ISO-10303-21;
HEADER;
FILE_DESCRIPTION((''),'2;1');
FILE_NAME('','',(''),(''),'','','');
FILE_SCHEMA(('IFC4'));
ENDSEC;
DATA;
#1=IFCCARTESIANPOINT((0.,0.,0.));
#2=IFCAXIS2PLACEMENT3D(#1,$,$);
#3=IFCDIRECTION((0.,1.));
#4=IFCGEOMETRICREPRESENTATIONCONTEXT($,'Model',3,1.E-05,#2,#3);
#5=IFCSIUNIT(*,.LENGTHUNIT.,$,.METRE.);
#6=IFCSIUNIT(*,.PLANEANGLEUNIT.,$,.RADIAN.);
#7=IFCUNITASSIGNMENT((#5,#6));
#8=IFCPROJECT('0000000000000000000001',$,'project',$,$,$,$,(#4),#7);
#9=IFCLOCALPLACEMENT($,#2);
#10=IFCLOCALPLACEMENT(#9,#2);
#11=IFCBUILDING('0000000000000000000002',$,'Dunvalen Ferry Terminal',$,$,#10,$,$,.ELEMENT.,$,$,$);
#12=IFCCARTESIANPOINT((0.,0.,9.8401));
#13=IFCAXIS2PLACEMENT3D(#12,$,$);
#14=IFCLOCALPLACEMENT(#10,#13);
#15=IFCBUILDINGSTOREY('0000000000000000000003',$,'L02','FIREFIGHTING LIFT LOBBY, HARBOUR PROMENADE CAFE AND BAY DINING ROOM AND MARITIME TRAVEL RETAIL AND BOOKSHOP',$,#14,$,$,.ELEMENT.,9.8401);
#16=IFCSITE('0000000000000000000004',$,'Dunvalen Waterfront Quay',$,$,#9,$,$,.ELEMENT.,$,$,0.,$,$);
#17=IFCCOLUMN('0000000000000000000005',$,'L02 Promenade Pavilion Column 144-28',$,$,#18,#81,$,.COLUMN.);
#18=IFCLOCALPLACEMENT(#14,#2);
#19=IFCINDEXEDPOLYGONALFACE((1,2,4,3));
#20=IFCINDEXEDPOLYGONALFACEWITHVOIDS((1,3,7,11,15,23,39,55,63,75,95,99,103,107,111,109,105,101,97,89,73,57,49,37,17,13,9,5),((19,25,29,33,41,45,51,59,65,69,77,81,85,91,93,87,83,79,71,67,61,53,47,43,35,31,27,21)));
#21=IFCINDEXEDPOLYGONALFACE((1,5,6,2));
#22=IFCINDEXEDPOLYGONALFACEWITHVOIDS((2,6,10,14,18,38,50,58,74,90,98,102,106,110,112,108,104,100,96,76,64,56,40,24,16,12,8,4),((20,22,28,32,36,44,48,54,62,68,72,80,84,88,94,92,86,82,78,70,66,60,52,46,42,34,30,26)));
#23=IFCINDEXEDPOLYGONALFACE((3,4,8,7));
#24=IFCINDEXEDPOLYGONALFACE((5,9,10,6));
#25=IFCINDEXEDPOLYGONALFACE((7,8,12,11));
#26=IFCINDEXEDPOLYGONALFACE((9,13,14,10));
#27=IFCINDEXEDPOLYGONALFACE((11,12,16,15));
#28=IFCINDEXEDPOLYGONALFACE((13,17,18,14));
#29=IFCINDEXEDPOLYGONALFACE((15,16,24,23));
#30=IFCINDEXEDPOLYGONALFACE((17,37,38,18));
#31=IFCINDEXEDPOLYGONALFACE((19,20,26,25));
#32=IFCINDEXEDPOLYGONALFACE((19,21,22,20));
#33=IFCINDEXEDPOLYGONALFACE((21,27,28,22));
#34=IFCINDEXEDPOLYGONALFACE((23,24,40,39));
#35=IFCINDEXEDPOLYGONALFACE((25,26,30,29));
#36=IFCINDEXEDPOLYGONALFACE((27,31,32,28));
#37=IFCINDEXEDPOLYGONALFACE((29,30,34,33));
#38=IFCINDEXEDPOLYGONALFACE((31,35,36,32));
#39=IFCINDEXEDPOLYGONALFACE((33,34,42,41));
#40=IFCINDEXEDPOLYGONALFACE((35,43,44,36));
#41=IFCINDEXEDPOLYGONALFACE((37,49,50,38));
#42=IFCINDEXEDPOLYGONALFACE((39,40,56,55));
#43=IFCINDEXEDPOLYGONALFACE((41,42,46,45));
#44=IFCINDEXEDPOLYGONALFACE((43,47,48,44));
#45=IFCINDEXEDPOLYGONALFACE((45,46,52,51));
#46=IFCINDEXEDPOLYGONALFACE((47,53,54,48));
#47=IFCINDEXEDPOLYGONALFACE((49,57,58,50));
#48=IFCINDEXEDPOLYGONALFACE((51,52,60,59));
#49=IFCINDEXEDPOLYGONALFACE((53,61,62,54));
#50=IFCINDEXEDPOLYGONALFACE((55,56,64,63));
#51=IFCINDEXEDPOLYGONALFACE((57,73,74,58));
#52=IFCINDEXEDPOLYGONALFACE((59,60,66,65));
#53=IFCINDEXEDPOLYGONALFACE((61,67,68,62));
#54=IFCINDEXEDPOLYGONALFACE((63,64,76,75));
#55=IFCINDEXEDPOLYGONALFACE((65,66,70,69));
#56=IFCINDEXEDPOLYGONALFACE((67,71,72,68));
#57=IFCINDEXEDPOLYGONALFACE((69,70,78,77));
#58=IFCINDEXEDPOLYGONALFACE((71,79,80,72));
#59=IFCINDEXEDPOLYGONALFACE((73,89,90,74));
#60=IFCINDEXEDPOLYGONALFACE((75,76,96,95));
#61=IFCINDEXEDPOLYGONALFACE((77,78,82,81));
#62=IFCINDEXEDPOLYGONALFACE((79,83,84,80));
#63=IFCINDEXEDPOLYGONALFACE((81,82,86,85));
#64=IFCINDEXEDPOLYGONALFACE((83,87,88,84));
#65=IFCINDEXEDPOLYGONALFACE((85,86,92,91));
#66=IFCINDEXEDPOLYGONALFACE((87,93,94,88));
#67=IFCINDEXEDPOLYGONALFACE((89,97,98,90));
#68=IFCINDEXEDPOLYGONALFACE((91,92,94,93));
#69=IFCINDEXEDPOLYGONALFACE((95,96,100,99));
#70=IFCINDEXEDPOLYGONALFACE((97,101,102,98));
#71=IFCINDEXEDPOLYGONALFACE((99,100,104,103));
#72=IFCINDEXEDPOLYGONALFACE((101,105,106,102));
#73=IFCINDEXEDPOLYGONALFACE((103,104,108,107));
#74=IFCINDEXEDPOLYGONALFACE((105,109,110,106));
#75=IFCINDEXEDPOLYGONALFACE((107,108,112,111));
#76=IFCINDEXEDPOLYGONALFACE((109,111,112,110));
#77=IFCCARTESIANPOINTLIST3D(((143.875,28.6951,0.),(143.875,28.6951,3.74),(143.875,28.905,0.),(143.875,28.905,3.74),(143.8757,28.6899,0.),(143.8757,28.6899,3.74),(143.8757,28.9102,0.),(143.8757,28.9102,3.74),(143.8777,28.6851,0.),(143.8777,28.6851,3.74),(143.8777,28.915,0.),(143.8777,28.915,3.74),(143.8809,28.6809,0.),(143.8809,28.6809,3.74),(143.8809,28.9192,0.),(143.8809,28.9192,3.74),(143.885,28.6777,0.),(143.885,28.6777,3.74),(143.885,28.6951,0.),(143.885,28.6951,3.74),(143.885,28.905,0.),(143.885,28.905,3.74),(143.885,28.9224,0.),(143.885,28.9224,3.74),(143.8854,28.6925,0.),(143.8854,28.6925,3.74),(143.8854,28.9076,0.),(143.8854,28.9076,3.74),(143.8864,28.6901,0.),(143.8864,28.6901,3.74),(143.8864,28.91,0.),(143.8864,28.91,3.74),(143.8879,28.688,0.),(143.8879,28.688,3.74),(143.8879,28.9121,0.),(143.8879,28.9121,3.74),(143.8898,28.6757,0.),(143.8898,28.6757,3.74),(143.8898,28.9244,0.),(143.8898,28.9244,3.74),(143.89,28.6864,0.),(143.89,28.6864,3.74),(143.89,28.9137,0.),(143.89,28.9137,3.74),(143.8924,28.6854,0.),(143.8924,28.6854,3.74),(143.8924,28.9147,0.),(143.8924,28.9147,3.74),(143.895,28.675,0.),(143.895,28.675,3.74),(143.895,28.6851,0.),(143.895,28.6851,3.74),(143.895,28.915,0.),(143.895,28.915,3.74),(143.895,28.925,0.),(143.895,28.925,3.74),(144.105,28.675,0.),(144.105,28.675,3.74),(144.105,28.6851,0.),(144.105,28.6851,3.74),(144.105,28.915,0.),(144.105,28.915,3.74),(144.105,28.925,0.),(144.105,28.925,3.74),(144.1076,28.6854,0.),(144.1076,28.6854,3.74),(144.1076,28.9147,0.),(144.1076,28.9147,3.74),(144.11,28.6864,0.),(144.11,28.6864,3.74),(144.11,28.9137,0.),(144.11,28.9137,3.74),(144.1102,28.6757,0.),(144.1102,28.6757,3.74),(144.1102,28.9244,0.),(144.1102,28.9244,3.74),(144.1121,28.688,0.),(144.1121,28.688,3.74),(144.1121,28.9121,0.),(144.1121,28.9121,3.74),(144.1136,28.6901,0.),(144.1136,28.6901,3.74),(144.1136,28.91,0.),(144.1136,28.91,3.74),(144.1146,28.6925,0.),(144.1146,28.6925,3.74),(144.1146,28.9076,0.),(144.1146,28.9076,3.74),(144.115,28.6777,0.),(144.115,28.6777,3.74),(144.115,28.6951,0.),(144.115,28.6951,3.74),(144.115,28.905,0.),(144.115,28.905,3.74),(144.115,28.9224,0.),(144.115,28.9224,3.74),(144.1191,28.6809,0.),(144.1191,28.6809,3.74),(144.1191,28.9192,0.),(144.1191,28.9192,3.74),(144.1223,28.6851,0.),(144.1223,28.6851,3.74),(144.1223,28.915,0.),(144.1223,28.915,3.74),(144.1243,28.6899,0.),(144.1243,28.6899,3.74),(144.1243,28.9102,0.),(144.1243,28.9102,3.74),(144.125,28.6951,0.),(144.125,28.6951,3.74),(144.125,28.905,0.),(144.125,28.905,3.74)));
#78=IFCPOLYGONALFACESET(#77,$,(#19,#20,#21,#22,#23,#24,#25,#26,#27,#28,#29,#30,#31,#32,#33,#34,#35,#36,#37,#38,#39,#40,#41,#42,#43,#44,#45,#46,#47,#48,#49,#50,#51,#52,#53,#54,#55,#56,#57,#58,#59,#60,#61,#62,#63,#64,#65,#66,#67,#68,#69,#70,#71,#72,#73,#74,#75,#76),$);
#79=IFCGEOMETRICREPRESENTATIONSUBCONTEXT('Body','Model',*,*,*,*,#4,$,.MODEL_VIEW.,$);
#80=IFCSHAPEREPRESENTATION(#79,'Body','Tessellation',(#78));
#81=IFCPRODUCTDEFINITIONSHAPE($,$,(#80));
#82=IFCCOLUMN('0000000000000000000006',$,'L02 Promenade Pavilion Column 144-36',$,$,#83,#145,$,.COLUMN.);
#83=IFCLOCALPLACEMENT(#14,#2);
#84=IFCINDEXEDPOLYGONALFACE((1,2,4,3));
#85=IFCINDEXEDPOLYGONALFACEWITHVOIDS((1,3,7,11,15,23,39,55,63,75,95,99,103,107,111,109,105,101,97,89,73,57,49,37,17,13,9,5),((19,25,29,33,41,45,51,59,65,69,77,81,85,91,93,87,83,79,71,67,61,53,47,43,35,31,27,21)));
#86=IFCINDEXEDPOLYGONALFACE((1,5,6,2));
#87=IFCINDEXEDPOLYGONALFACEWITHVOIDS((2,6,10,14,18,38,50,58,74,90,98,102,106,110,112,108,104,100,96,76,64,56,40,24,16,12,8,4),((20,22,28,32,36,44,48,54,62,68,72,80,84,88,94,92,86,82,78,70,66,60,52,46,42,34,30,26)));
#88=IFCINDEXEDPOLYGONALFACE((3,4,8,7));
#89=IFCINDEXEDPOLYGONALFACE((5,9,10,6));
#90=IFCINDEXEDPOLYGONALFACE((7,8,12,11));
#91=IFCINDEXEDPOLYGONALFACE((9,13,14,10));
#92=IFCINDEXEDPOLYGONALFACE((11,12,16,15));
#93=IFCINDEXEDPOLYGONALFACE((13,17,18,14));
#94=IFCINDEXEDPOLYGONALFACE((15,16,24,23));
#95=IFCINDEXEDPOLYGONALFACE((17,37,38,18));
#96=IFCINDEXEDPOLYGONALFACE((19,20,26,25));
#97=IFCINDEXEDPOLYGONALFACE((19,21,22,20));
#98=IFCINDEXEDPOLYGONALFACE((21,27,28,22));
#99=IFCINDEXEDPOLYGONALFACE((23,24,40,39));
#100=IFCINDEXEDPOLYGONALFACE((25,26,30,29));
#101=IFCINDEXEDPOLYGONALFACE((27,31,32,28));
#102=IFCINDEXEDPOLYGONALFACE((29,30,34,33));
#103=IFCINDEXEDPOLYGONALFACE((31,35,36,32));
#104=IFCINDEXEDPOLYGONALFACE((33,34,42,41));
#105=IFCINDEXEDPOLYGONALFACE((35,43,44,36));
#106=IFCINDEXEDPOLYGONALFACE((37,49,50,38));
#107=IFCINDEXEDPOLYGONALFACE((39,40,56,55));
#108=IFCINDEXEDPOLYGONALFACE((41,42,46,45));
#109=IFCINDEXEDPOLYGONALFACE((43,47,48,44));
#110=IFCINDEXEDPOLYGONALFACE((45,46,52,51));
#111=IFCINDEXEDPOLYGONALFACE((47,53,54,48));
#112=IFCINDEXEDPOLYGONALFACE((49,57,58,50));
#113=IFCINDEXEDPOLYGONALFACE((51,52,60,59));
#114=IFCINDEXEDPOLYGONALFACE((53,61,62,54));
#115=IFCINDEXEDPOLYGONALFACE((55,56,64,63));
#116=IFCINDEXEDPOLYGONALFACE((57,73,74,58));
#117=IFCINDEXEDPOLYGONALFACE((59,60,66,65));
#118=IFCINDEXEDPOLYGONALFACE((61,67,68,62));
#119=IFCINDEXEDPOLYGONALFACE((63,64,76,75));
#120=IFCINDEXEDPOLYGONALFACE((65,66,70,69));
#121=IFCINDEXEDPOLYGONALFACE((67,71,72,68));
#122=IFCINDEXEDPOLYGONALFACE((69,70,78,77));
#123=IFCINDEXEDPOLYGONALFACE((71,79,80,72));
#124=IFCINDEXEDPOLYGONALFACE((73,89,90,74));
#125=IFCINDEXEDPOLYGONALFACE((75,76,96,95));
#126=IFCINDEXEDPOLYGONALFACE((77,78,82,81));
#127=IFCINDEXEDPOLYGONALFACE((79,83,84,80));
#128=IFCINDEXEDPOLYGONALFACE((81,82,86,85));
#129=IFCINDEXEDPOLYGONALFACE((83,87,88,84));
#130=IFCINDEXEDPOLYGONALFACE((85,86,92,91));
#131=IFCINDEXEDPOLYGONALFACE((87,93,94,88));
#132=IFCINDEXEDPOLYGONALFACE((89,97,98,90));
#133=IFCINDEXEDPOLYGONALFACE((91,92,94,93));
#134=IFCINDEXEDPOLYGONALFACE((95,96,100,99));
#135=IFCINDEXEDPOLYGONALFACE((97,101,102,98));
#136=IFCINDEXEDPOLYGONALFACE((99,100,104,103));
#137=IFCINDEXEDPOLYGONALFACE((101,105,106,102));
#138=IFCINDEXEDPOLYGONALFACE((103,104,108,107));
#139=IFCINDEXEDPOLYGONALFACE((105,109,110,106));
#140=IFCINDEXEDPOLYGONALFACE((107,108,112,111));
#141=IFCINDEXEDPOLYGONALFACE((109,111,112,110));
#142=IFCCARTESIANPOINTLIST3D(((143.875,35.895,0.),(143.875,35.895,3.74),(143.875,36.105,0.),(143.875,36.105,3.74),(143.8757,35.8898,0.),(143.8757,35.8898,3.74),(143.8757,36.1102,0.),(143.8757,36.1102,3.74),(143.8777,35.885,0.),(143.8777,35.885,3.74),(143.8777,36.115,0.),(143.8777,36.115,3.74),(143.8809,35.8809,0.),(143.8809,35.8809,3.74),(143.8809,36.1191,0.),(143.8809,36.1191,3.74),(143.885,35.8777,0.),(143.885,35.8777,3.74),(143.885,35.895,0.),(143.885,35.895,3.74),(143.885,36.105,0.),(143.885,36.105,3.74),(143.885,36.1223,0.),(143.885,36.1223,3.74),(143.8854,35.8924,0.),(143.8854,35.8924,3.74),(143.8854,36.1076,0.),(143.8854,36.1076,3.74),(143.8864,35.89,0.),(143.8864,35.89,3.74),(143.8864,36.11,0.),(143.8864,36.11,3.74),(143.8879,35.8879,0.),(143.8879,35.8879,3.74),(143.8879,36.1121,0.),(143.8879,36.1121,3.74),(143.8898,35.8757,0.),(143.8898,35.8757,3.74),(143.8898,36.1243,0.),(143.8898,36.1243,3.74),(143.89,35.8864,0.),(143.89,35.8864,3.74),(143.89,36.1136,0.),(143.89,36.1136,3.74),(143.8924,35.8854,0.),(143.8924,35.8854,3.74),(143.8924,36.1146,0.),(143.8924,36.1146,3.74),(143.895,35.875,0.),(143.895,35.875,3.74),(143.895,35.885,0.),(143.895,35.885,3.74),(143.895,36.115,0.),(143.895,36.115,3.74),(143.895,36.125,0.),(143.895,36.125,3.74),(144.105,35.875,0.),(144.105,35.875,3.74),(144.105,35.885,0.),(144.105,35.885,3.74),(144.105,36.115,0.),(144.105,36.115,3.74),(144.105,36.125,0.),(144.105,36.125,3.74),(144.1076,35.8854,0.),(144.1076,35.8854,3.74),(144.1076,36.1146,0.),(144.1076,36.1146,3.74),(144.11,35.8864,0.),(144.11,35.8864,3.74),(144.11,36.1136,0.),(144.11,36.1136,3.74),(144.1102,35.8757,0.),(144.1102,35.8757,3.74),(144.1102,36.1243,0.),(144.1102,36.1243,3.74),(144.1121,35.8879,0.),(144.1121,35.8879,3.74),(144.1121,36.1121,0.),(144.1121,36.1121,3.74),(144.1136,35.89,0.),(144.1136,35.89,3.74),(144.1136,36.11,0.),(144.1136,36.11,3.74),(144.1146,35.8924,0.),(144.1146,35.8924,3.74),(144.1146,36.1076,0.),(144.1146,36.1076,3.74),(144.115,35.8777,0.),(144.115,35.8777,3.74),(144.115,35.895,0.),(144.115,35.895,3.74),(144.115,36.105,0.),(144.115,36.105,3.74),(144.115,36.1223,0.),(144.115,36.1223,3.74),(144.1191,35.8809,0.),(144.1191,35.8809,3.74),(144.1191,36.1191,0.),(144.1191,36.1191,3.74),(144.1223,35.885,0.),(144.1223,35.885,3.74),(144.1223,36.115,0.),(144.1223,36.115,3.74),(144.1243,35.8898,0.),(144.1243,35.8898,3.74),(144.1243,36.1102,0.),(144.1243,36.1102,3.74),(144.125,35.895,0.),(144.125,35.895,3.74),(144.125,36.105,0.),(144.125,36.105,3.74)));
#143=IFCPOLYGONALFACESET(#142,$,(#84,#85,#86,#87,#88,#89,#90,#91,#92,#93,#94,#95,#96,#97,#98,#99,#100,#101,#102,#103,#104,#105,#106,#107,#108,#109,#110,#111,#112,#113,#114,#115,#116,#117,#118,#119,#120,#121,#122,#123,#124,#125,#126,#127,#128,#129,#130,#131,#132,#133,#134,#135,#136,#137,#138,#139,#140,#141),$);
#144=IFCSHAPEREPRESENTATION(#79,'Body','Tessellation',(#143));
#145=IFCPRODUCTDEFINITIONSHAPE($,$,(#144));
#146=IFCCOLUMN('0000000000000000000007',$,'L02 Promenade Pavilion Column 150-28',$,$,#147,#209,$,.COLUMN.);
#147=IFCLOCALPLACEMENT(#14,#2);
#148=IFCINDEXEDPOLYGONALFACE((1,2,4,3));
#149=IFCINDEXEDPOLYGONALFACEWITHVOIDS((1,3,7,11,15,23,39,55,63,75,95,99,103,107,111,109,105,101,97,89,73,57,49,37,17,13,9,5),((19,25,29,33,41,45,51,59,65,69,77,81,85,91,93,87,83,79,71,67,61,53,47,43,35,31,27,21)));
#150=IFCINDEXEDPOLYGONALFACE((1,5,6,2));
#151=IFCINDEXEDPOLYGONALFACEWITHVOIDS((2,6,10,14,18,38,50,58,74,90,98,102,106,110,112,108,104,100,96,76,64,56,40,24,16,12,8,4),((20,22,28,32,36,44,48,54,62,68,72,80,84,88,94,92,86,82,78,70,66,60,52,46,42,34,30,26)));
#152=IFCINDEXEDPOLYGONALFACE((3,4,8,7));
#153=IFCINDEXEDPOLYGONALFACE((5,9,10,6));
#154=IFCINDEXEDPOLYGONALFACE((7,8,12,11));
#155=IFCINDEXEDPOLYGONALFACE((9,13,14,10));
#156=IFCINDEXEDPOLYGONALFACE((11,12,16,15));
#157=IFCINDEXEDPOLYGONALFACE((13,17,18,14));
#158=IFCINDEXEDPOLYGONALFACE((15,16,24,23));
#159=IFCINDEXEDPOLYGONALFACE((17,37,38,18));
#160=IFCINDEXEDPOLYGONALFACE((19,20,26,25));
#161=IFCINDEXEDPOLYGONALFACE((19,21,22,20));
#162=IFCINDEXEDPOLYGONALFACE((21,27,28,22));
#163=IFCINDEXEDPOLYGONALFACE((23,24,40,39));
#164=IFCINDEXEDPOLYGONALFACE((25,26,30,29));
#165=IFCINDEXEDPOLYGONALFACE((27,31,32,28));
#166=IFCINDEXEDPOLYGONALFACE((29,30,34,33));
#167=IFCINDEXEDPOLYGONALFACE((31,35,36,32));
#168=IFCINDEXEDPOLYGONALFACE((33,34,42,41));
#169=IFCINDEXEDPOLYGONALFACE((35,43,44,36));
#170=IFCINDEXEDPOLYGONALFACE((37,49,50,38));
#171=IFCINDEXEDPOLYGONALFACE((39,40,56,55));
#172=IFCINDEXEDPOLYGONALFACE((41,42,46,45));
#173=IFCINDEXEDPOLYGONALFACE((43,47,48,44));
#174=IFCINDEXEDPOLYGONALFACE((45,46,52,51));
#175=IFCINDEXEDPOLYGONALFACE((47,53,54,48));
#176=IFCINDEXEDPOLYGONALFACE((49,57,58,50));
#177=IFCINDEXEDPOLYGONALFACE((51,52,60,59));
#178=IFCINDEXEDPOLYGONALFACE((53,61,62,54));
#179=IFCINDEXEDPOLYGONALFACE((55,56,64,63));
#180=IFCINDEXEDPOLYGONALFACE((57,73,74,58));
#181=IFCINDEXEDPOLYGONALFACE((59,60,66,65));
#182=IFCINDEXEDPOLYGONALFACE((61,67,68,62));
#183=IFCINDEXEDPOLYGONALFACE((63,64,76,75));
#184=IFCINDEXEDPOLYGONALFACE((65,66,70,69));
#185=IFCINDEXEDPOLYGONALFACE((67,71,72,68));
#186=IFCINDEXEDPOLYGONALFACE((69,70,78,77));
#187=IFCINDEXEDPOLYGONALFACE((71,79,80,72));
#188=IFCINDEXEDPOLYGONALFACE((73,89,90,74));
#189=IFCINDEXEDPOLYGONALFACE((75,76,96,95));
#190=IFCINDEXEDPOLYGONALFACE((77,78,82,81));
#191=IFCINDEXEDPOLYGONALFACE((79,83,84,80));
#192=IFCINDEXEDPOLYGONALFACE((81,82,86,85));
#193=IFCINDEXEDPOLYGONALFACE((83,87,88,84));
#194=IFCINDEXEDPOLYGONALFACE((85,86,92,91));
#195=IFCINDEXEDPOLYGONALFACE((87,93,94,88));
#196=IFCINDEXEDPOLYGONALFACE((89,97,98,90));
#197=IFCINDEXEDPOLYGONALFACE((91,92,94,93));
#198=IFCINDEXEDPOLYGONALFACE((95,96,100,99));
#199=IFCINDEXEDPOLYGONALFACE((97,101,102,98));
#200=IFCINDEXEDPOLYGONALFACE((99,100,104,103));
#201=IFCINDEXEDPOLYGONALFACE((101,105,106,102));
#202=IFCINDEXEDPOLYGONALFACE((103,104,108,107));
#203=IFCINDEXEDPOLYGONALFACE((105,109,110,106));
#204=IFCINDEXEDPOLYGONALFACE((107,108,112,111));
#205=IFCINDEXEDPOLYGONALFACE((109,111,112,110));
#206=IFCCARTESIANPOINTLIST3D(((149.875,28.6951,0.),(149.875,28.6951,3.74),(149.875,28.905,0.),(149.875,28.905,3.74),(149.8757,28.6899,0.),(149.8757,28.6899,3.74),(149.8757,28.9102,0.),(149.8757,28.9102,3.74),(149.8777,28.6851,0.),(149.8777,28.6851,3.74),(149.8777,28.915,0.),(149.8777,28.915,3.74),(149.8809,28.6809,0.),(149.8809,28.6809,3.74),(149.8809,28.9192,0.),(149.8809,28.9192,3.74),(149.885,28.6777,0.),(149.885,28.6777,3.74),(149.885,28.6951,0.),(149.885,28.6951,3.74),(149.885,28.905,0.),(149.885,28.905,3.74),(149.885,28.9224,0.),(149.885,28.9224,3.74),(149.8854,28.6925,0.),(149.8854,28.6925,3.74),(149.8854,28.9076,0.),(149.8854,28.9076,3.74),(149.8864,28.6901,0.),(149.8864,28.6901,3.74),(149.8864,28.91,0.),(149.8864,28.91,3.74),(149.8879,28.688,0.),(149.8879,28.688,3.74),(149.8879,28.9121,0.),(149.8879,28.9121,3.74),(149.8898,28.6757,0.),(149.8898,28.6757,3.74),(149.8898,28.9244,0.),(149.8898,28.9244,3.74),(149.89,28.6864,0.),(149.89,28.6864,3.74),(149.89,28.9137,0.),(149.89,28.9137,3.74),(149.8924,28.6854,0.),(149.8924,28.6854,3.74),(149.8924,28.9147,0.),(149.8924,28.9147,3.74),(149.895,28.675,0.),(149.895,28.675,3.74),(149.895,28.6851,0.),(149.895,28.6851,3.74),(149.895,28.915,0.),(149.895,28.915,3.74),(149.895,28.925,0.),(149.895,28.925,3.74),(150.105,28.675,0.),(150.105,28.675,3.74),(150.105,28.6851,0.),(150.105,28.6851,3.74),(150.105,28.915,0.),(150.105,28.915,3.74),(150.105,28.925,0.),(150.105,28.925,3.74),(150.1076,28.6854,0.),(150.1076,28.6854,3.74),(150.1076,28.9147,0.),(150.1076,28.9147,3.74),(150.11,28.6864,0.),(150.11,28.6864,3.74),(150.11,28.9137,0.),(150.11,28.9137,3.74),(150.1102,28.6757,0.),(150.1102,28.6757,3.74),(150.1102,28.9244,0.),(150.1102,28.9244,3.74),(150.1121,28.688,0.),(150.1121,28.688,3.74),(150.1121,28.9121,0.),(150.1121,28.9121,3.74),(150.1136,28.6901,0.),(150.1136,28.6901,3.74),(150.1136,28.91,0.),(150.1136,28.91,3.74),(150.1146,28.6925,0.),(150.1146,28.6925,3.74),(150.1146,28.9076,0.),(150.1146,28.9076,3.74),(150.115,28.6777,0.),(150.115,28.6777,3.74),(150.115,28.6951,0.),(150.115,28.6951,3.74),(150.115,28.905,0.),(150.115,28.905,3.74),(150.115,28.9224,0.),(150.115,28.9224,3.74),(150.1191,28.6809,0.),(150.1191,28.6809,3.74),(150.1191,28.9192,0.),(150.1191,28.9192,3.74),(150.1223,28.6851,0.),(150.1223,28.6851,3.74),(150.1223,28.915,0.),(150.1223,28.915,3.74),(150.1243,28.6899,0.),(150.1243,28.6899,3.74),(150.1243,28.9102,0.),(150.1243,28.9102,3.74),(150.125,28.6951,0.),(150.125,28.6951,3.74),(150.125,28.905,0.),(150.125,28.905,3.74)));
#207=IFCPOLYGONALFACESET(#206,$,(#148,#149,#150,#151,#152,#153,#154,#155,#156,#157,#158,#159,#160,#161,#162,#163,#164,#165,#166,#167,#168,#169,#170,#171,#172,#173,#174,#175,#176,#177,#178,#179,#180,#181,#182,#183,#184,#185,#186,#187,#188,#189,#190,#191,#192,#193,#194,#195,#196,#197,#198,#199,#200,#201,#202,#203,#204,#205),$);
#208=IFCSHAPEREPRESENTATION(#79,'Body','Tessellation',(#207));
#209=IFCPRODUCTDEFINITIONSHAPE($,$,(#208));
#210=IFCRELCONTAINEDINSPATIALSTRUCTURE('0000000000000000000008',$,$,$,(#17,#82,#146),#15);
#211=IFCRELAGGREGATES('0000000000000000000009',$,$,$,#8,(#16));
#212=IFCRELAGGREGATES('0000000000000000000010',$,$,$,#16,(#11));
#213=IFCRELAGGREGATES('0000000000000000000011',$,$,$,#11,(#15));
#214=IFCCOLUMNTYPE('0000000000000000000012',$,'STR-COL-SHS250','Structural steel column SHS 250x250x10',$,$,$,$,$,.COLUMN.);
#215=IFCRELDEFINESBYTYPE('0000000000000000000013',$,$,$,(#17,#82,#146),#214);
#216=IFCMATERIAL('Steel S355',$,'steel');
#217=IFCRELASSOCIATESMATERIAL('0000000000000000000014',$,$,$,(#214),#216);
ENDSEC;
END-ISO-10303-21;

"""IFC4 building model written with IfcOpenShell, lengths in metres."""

from ifc_helpers import new_model, si_unit, direction, frame, origin, origin_2d, place, context, subcontext, project, spatial, hollow_rectangle, extrude, material, material_profile, profile_set, type_object, element, save


model = new_model("IFC4")

# Units and contexts
model_context = context("Model", 3, precision=1e-05, world=origin(), true_north=direction((0.0, 1.0)))
body_context = subcontext(model_context, "Body", "Model", "MODEL_VIEW")
ifc_project = project(units=[si_unit("LENGTHUNIT", "METRE"), si_unit("PLANEANGLEUNIT", "RADIAN")], contexts=[model_context])

# Site, building, storey
site_placement = place(None, origin())
site = spatial("IfcSite", under=ifc_project, at=site_placement, Name="Dunvalen Waterfront Quay", CompositionType="ELEMENT", RefElevation=0.0)
building_placement = place(site_placement, origin())
building = spatial("IfcBuilding", under=site, at=building_placement, Name="Dunvalen Ferry Terminal", CompositionType="ELEMENT")
storey_placement = place(building_placement, frame((0.0, 0.0, 9.8401)))
storey = spatial("IfcBuildingStorey", under=building, at=storey_placement, Name="L02", Description="FIREFIGHTING LIFT LOBBY, HARBOUR PROMENADE CAFE AND BAY DINING ROOM AND MARITIME TRAVEL RETAIL AND BOOKSHOP", CompositionType="ELEMENT", Elevation=9.8401)

# Columns
ifc_material_1 = material(Name="Steel S355", Category="steel")
ifc_material_profile_1 = material_profile(ifc_material_1, hollow_rectangle(XDim=0.25, YDim=0.25, WallThickness=0.01, InnerFilletRadius=0.01, OuterFilletRadius=0.02, at=origin_2d()), Name="Steel S355")
ifc_profile_set_1 = profile_set([ifc_material_profile_1], Name="Steel S355")
column_type = type_object("IfcColumnType", Name="STR-COL-SHS250", Description="Structural steel column SHS 250x250x10", PredefinedType="COLUMN", material=ifc_profile_set_1)
for number, where, z_axis, x_axis, name in (
    (1, (144.0, 28.8, 0.0), (0.0, 0.0, 1.0), (1.0, 0.0, 0.0), "L02 Promenade Pavilion Column 144-28"),
    (2, (144.0, 36.0, 0.0), (0.0, 0.0, 1.0), (1.0, 0.0, 0.0), "L02 Promenade Pavilion Column 144-36"),
    (3, (150.0, 28.8, 0.0), (0.0, 0.0, 1.0), (1.0, 0.0, 0.0), "L02 Promenade Pavilion Column 150-28"),
):
    element("IfcColumn", number, at=place(storey_placement, frame(where, z_axis=z_axis, x_axis=x_axis)), inside=storey, type_object=column_type, Name=name, PredefinedType="COLUMN", context=body_context, shape_type="SweptSolid", body=[
        extrude(hollow_rectangle(XDim=0.25, YDim=0.25, WallThickness=0.01, InnerFilletRadius=0.01, OuterFilletRadius=0.02, at=origin_2d()), origin(), (0.0, 0.0, 1.0), 3.74),
    ])

save(model, "model.ifc")
